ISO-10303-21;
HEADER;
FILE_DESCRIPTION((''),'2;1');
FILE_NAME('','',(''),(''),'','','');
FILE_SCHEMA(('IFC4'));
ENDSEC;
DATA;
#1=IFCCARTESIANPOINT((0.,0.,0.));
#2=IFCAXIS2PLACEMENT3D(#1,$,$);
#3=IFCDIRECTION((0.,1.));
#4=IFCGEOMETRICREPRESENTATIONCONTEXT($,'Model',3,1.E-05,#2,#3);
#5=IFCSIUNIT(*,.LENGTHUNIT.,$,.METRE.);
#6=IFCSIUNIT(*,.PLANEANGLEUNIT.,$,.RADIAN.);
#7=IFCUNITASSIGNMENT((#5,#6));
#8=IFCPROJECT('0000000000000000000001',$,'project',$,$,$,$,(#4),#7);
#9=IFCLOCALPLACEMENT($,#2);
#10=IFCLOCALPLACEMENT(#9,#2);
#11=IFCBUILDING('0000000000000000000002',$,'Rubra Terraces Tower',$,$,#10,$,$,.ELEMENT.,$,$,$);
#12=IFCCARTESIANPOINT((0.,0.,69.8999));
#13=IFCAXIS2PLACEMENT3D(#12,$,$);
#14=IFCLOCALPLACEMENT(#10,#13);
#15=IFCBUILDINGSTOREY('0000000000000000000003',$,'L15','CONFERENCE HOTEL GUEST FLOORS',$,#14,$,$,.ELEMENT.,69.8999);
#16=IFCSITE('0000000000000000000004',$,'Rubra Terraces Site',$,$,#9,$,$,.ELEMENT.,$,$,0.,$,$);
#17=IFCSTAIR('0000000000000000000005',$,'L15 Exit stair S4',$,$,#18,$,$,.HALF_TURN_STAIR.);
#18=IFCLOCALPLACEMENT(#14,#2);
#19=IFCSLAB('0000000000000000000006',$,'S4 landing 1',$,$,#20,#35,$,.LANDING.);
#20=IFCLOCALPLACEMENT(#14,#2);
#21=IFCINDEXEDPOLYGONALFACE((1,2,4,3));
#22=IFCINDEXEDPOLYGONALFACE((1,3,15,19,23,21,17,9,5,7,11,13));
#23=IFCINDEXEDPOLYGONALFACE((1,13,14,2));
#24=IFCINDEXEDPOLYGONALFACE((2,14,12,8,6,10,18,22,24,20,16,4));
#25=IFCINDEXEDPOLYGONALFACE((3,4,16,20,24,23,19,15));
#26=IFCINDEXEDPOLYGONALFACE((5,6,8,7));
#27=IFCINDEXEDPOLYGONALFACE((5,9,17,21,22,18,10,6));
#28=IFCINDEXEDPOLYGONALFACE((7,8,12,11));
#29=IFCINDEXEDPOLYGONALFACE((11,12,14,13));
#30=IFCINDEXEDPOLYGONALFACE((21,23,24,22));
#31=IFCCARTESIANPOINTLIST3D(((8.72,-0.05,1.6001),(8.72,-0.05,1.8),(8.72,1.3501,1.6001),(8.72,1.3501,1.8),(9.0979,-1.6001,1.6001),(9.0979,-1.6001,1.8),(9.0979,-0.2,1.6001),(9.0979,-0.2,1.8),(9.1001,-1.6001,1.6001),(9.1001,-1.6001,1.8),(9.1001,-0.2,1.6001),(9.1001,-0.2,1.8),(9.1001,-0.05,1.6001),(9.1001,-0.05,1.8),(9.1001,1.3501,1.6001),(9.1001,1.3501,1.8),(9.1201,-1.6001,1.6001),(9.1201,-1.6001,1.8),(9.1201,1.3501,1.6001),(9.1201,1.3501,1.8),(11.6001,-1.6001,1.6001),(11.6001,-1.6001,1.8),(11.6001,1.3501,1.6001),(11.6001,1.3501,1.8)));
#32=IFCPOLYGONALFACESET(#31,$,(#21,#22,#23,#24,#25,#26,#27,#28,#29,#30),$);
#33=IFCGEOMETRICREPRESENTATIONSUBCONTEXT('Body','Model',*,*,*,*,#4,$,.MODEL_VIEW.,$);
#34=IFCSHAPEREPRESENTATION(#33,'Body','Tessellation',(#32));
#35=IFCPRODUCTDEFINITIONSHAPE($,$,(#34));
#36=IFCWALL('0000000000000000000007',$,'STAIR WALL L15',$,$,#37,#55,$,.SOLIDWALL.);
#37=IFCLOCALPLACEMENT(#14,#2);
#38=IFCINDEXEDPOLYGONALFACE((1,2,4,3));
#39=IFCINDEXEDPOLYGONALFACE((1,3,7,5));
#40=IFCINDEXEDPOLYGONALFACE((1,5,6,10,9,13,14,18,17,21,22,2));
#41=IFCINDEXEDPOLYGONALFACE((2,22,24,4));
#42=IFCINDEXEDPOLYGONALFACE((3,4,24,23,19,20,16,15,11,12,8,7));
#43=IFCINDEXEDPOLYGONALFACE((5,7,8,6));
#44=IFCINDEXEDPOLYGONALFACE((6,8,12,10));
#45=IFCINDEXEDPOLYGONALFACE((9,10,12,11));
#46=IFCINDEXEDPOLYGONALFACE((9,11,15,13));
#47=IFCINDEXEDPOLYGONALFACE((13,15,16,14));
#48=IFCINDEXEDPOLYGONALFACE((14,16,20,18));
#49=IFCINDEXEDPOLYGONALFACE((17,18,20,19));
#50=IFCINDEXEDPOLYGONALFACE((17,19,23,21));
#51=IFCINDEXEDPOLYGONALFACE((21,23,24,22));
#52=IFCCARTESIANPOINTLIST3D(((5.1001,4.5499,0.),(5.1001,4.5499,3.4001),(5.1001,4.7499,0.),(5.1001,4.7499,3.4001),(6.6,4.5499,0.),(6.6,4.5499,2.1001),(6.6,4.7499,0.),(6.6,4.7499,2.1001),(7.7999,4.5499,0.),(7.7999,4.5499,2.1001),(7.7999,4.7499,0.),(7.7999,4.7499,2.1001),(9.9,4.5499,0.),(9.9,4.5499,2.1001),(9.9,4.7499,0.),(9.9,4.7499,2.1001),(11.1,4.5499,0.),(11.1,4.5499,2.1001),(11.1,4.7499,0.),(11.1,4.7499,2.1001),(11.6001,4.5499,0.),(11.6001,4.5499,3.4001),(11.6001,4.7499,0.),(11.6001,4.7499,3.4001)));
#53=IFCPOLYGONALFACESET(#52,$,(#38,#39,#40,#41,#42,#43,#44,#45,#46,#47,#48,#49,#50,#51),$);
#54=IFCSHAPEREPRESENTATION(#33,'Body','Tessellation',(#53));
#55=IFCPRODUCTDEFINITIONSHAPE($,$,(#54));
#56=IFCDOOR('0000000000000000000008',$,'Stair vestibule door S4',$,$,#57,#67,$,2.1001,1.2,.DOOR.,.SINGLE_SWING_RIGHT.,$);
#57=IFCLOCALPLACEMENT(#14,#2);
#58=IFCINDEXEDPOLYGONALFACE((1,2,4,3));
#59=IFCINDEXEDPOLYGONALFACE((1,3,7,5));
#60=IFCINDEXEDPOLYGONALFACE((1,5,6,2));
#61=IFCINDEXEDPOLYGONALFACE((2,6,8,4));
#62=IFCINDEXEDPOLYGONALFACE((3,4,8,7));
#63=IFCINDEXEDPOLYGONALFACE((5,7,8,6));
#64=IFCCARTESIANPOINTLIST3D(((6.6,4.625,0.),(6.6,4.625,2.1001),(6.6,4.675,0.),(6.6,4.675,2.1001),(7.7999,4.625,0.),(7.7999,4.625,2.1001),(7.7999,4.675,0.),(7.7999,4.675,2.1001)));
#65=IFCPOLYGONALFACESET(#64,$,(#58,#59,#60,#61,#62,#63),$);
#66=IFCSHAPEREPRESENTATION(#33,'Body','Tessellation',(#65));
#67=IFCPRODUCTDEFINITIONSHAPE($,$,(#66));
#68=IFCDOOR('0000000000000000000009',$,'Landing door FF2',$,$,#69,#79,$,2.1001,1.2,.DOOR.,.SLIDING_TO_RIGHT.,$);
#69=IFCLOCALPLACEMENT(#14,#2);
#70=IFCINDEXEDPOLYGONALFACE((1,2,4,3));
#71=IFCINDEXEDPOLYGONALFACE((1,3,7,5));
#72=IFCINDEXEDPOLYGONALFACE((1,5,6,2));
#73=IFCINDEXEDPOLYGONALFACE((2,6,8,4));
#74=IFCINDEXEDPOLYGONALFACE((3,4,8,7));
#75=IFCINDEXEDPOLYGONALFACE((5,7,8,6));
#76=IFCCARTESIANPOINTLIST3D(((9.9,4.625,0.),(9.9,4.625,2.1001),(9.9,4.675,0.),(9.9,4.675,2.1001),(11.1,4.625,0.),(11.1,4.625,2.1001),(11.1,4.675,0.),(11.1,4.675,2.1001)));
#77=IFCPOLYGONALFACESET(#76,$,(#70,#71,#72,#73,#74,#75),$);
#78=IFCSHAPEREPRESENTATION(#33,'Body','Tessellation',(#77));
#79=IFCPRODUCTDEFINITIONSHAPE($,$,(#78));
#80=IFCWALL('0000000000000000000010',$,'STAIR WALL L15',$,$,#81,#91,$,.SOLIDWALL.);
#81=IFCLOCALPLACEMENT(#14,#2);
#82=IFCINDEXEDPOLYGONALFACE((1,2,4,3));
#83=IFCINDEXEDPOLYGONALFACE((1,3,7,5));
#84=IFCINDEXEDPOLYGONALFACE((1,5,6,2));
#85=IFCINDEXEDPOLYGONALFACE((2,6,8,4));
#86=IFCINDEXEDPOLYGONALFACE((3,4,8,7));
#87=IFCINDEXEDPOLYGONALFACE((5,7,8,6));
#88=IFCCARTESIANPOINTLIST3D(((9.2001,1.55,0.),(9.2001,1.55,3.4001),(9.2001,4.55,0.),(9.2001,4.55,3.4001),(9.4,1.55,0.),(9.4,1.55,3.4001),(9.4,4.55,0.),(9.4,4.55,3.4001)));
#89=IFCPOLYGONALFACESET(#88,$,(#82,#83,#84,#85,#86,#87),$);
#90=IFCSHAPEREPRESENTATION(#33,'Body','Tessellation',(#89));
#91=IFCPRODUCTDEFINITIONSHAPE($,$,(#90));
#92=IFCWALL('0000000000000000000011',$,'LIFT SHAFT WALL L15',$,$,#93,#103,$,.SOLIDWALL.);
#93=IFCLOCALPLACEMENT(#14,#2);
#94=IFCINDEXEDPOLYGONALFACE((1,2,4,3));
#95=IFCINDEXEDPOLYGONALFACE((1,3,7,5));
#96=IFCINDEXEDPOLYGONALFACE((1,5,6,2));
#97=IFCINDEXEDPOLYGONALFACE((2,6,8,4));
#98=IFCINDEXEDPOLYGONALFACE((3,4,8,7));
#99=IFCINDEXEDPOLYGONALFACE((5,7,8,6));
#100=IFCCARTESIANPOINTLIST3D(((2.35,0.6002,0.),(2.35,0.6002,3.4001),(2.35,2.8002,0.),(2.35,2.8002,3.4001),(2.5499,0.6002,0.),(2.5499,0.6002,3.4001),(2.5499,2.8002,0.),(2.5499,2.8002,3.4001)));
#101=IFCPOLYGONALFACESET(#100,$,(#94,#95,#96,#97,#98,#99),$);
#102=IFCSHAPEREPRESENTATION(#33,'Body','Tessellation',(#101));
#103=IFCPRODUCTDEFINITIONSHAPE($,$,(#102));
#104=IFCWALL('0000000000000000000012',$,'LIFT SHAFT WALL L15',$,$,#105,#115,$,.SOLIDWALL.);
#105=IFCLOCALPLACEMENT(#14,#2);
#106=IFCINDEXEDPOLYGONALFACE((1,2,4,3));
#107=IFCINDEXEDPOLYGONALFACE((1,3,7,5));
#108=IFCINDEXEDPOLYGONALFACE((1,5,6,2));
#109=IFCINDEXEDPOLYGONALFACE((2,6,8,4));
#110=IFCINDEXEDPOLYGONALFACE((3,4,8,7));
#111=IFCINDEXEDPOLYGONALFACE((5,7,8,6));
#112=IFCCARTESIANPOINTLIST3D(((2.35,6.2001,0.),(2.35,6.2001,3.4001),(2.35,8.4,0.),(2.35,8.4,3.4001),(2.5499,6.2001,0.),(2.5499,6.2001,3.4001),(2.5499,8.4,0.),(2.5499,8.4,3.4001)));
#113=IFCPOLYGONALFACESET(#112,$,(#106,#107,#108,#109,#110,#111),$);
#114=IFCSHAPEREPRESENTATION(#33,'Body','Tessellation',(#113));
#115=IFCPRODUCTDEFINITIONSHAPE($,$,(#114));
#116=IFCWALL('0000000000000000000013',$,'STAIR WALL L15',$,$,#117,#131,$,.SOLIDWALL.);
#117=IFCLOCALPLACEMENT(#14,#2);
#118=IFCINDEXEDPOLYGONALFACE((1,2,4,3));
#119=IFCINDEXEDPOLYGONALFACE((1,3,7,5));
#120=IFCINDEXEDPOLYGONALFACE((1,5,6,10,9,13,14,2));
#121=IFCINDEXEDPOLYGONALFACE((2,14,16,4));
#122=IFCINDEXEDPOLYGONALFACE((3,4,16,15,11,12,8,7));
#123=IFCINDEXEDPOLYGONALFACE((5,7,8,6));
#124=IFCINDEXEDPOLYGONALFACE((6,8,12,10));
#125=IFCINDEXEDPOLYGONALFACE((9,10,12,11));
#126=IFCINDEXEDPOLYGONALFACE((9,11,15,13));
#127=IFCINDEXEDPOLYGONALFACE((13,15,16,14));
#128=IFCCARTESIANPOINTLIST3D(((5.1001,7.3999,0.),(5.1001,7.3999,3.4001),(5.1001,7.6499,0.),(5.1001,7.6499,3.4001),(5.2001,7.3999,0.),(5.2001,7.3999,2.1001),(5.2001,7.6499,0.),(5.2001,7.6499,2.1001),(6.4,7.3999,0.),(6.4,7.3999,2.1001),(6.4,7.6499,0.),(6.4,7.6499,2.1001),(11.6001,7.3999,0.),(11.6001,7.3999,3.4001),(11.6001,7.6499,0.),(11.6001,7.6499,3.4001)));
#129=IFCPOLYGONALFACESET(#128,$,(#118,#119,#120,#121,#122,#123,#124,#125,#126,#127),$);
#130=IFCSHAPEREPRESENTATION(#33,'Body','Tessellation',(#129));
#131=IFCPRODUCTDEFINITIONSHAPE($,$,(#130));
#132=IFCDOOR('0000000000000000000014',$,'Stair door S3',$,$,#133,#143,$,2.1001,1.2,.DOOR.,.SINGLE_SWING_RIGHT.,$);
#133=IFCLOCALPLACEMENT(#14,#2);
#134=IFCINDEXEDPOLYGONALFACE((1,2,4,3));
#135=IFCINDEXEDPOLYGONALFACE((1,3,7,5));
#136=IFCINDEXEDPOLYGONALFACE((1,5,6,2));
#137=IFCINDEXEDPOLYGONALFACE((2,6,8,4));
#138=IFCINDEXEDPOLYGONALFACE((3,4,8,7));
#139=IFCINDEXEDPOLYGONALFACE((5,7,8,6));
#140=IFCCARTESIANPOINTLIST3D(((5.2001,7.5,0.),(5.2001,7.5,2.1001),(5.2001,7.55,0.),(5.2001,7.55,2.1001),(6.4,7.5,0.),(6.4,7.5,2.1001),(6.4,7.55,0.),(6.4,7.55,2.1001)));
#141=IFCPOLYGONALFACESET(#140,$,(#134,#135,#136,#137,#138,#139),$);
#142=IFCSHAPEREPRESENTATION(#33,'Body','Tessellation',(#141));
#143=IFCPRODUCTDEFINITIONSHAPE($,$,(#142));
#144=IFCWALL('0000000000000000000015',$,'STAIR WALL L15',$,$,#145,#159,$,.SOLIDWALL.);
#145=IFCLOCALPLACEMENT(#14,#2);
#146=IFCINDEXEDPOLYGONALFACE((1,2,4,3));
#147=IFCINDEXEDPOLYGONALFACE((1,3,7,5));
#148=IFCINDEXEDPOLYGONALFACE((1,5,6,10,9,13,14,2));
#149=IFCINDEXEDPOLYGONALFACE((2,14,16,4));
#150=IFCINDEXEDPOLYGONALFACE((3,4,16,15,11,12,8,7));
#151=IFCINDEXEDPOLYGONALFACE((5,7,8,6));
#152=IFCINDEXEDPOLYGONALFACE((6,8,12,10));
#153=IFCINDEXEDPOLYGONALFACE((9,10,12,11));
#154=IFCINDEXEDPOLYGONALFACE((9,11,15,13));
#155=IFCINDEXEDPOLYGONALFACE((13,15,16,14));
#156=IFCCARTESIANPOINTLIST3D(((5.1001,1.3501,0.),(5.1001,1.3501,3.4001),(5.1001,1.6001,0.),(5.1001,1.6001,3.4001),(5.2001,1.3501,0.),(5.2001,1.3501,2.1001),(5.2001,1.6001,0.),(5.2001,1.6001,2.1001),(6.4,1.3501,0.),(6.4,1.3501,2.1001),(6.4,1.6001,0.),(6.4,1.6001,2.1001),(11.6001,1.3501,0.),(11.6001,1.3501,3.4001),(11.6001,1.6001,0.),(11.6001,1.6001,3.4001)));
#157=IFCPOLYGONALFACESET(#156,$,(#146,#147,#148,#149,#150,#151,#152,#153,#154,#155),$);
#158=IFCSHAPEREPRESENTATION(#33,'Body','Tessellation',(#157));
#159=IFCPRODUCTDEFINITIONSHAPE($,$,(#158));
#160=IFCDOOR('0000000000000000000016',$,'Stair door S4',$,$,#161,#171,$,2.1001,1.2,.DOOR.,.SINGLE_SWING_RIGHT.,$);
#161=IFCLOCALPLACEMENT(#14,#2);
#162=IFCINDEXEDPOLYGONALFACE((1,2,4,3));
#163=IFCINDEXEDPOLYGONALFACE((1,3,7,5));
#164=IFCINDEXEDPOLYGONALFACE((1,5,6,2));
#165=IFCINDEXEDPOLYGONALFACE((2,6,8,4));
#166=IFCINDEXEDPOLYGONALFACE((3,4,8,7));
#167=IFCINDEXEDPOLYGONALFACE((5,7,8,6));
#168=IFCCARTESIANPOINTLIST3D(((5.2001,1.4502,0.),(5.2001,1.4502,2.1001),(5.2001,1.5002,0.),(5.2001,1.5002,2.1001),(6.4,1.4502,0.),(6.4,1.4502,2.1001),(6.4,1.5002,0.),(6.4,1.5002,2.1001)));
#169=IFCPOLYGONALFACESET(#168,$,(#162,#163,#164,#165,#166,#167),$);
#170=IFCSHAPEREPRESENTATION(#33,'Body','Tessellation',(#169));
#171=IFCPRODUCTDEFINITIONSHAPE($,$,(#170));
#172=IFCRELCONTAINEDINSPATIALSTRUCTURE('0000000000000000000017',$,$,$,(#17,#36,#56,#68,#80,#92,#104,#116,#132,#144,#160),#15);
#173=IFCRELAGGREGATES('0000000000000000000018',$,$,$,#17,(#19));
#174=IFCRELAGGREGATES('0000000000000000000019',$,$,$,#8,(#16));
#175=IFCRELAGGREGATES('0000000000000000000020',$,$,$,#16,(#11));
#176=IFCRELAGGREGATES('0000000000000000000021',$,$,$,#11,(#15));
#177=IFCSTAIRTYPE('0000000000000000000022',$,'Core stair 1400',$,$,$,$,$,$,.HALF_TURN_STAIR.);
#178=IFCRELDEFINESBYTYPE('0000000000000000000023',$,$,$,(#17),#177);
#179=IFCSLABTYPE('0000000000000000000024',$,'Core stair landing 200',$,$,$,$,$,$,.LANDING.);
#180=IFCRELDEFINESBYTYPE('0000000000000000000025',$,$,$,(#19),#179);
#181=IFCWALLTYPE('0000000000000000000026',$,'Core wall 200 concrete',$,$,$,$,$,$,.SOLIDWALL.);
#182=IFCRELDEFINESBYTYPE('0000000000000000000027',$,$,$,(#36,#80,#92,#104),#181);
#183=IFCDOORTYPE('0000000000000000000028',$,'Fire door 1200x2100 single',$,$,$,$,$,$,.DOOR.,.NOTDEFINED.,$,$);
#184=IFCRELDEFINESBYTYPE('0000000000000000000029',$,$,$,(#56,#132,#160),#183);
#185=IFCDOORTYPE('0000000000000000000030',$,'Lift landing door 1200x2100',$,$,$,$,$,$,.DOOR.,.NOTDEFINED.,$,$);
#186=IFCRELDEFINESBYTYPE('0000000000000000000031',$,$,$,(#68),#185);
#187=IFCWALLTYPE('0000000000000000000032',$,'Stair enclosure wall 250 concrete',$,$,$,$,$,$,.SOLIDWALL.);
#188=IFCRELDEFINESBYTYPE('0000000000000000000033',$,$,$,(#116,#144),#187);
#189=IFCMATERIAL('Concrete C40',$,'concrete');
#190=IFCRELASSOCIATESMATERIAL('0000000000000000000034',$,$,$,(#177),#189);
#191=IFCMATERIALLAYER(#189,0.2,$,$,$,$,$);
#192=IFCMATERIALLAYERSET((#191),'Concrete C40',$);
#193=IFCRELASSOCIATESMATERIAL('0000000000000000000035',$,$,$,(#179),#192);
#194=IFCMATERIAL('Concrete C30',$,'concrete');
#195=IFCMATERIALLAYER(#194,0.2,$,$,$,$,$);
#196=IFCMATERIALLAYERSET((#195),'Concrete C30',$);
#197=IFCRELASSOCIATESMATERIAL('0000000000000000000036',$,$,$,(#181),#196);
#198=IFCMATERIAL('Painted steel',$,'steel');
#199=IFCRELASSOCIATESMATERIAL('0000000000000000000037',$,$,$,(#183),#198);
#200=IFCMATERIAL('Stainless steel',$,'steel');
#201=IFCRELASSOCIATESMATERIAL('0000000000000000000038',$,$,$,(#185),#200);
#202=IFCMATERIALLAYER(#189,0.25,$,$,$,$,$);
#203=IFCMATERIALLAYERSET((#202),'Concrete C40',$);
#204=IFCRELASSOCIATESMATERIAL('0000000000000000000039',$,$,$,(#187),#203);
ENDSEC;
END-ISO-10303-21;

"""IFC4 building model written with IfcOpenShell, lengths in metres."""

from ifc_helpers import new_model, si_unit, direction, frame, frame_2d, origin, place, context, subcontext, project, spatial, polyline, rectangle, outline, extrude, material, layer, layer_set, type_object, element, fill, aggregate, save


model = new_model("IFC4")

# Units and contexts
model_context = context("Model", 3, precision=1e-05, world=origin(), true_north=direction((0.0, 1.0)))
body_context = subcontext(model_context, "Body", "Model", "MODEL_VIEW")
ifc_project = project(units=[si_unit("LENGTHUNIT", "METRE"), si_unit("PLANEANGLEUNIT", "RADIAN")], contexts=[model_context])

# Site, building, storey
site_placement = place(None, origin())
site = spatial("IfcSite", under=ifc_project, at=site_placement, Name="Rubra Terraces Site", CompositionType="ELEMENT", RefElevation=0.0)
building_placement = place(site_placement, origin())
building = spatial("IfcBuilding", under=site, at=building_placement, Name="Rubra Terraces Tower", CompositionType="ELEMENT")
storey_placement = place(building_placement, frame((0.0, 0.0, 69.8999)))
storey = spatial("IfcBuildingStorey", under=building, at=storey_placement, Name="L15", Description="CONFERENCE HOTEL GUEST FLOORS", CompositionType="ELEMENT", Elevation=69.8999)

# Stair, slab
ifc_material_1 = material(Name="Concrete C40", Category="concrete")
stair_type = type_object("IfcStairType", Name="Core stair 1400", PredefinedType="HALF_TURN_STAIR", material=ifc_material_1)
stair_1_placement = place(storey_placement, origin())
stair_1 = element("IfcStair", 1, at=stair_1_placement, inside=storey, type_object=stair_type, Name="L15 Exit stair S4", PredefinedType="HALF_TURN_STAIR")
ifc_layer_1 = layer(ifc_material_1, 0.2)
ifc_layer_set_1 = layer_set([ifc_layer_1], Name="Concrete C40")
slab_type = type_object("IfcSlabType", Name="Core stair landing 200", PredefinedType="LANDING", material=ifc_layer_set_1)
slab_placement = place(storey_placement, frame((0.0, 0.0, 1.6001)))
slab = element("IfcSlab", 2, at=slab_placement, type_object=slab_type, Name="S4 landing 1", PredefinedType="LANDING", context=body_context, shape_type="SweptSolid", body=[
    extrude(outline(polyline([(9.1001, -0.2), (9.1001, -0.05), (8.72, -0.05), (8.72, 1.3501), (9.1001, 1.3501), (9.1201, 1.3501), (11.6001, 1.3501), (11.6001, -1.6001), (9.1201, -1.6001), (9.1001, -1.6001), (9.0979, -1.6001), (9.0979, -0.2), (9.1001, -0.2)])), origin(), (0.0, 0.0, 1.0), 0.2),
])

# Wall, openings, doors
ifc_material_2 = material(Name="Concrete C30", Category="concrete")
ifc_layer_2 = layer(ifc_material_2, 0.2)
ifc_layer_set_2 = layer_set([ifc_layer_2], Name="Concrete C30")
wall_type_1 = type_object("IfcWallType", Name="Core wall 200 concrete", PredefinedType="SOLIDWALL", material=ifc_layer_set_2)
wall_1_placement = place(storey_placement, frame((11.6001, 4.6499, 0.0), z_axis=(0.0, 0.0, 1.0), x_axis=(-1.0, 0.0, 0.0)))
wall_1 = element("IfcWall", 3, at=wall_1_placement, inside=storey, type_object=wall_type_1, Name="STAIR WALL L15", PredefinedType="SOLIDWALL", context=body_context, shape_type="SweptSolid", body=[
    extrude(rectangle(XDim=6.5, YDim=0.2, at=frame_2d((3.25, 0.0))), origin(), (0.0, 0.0, 1.0), 3.4001),
])
opening_1_placement = place(wall_1_placement, frame((3.8, 0.0, 0.0)))
opening_1 = element("IfcOpeningElement", 4, at=opening_1_placement, cuts=wall_1, PredefinedType="OPENING", context=body_context, shape_type="SweptSolid", body=[
    extrude(rectangle(XDim=1.2, YDim=2.1001, at=frame_2d((0.6001, 1.05))), frame((0.0, 0.1099, 0.0), z_axis=(0.0, -1.0, 0.0), x_axis=(1.0, 0.0, 0.0)), (0.0, 0.0, 1.0), 0.22),
])
opening_2_placement = place(wall_1_placement, frame((0.5, 0.0, 0.0)))
opening_2 = element("IfcOpeningElement", 5, at=opening_2_placement, cuts=wall_1, PredefinedType="OPENING", context=body_context, shape_type="SweptSolid", body=[
    extrude(rectangle(XDim=1.2, YDim=2.1001, at=frame_2d((0.6001, 1.05))), frame((0.0, 0.1099, 0.0), z_axis=(0.0, -1.0, 0.0), x_axis=(1.0, 0.0, 0.0)), (0.0, 0.0, 1.0), 0.22),
])
ifc_material_3 = material(Name="Painted steel", Category="steel")
door_type_1 = type_object("IfcDoorType", Name="Fire door 1200x2100 single", OperationType="NOTDEFINED", PredefinedType="DOOR", material=ifc_material_3)
door_1_placement = place(opening_1_placement, origin())
door_1 = element("IfcDoor", 6, at=door_1_placement, inside=storey, type_object=door_type_1, Name="Stair vestibule door S4", OperationType="SINGLE_SWING_RIGHT", OverallHeight=2.1001, OverallWidth=1.2, PredefinedType="DOOR", context=body_context, shape_type="SweptSolid", body=[
    extrude(rectangle(XDim=1.2, YDim=2.1001, at=frame_2d((0.6001, 1.05))), frame((0.0, 0.0249, 0.0), z_axis=(0.0, -1.0, 0.0), x_axis=(1.0, 0.0, 0.0)), (0.0, 0.0, 1.0), 0.05),
])
fill(opening_1, door_1)
ifc_material_4 = material(Name="Stainless steel", Category="steel")
door_type_2 = type_object("IfcDoorType", Name="Lift landing door 1200x2100", OperationType="NOTDEFINED", PredefinedType="DOOR", material=ifc_material_4)
door_2_placement = place(opening_2_placement, origin())
door_2 = element("IfcDoor", 7, at=door_2_placement, inside=storey, type_object=door_type_2, Name="Landing door FF2", OperationType="SLIDING_TO_RIGHT", OverallHeight=2.1001, OverallWidth=1.2, PredefinedType="DOOR", context=body_context, shape_type="SweptSolid", body=[
    extrude(rectangle(XDim=1.2, YDim=2.1001, at=frame_2d((0.6001, 1.05))), frame((0.0, 0.0249, 0.0), z_axis=(0.0, -1.0, 0.0), x_axis=(1.0, 0.0, 0.0)), (0.0, 0.0, 1.0), 0.05),
])
fill(opening_2, door_2)

# Walls
wall_2_placement = place(storey_placement, frame((9.3, 4.55, 0.0), z_axis=(0.0, 0.0, 1.0), x_axis=(0.0, -1.0, 0.0)))
element("IfcWall", 8, at=wall_2_placement, inside=storey, type_object=wall_type_1, Name="STAIR WALL L15", PredefinedType="SOLIDWALL", context=body_context, shape_type="SweptSolid", body=[
    extrude(rectangle(XDim=3.0, YDim=0.2, at=frame_2d((1.5, 0.0))), origin(), (0.0, 0.0, 1.0), 3.4001),
])
for number, where, z_axis, x_axis, name in (
    (9, (2.45, 0.6001, 0.0), (0.0, 0.0, 1.0), (0.0, 1.0, 0.0), "LIFT SHAFT WALL L15"),
    (10, (2.45, 6.2, 0.0), (0.0, 0.0, 1.0), (0.0, 1.0, 0.0), "LIFT SHAFT WALL L15"),
):
    element("IfcWall", number, at=place(storey_placement, frame(where, z_axis=z_axis, x_axis=x_axis)), inside=storey, type_object=wall_type_1, Name=name, PredefinedType="SOLIDWALL", context=body_context, shape_type="SweptSolid", body=[
        extrude(rectangle(XDim=2.2, YDim=0.2, at=frame_2d((1.1001, 0.0))), origin(), (0.0, 0.0, 1.0), 3.4001),
    ])

# Walls, openings, doors
ifc_layer_3 = layer(ifc_material_1, 0.25)
ifc_layer_set_3 = layer_set([ifc_layer_3], Name="Concrete C40")
wall_type_2 = type_object("IfcWallType", Name="Stair enclosure wall 250 concrete", PredefinedType="SOLIDWALL", material=ifc_layer_set_3)
wall_3_placement = place(storey_placement, frame((11.6001, 7.5249, 0.0), z_axis=(0.0, 0.0, 1.0), x_axis=(-1.0, 0.0, 0.0)))
wall_3 = element("IfcWall", 11, at=wall_3_placement, inside=storey, type_object=wall_type_2, Name="STAIR WALL L15", PredefinedType="SOLIDWALL", context=body_context, shape_type="SweptSolid", body=[
    extrude(rectangle(XDim=6.5, YDim=0.25, at=frame_2d((3.25, 0.0))), origin(), (0.0, 0.0, 1.0), 3.4001),
])
opening_3_placement = place(wall_3_placement, frame((5.2, 0.0, 0.0)))
opening_3 = element("IfcOpeningElement", 12, at=opening_3_placement, cuts=wall_3, PredefinedType="OPENING", context=body_context, shape_type="SweptSolid", body=[
    extrude(rectangle(XDim=1.2, YDim=2.1001, at=frame_2d((0.6001, 1.05))), frame((0.0, 0.135, 0.0), z_axis=(0.0, -1.0, 0.0), x_axis=(1.0, 0.0, 0.0)), (0.0, 0.0, 1.0), 0.27),
])
door_3_placement = place(opening_3_placement, origin())
door_3 = element("IfcDoor", 13, at=door_3_placement, inside=storey, type_object=door_type_1, Name="Stair door S3", OperationType="SINGLE_SWING_RIGHT", OverallHeight=2.1001, OverallWidth=1.2, PredefinedType="DOOR", context=body_context, shape_type="SweptSolid", body=[
    extrude(rectangle(XDim=1.2, YDim=2.1001, at=frame_2d((0.6001, 1.05))), frame((0.0, 0.0249, 0.0), z_axis=(0.0, -1.0, 0.0), x_axis=(1.0, 0.0, 0.0)), (0.0, 0.0, 1.0), 0.05),
])
fill(opening_3, door_3)
wall_4_placement = place(storey_placement, frame((11.6001, 1.4751, 0.0), z_axis=(0.0, 0.0, 1.0), x_axis=(-1.0, 0.0, 0.0)))
wall_4 = element("IfcWall", 14, at=wall_4_placement, inside=storey, type_object=wall_type_2, Name="STAIR WALL L15", PredefinedType="SOLIDWALL", context=body_context, shape_type="SweptSolid", body=[
    extrude(rectangle(XDim=6.5, YDim=0.25, at=frame_2d((3.25, 0.0))), origin(), (0.0, 0.0, 1.0), 3.4001),
])
opening_4_placement = place(wall_4_placement, frame((5.2, 0.0, 0.0)))
opening_4 = element("IfcOpeningElement", 15, at=opening_4_placement, cuts=wall_4, PredefinedType="OPENING", context=body_context, shape_type="SweptSolid", body=[
    extrude(rectangle(XDim=1.2, YDim=2.1001, at=frame_2d((0.6001, 1.05))), frame((0.0, 0.135, 0.0), z_axis=(0.0, -1.0, 0.0), x_axis=(1.0, 0.0, 0.0)), (0.0, 0.0, 1.0), 0.27),
])
door_4_placement = place(opening_4_placement, origin())
door_4 = element("IfcDoor", 16, at=door_4_placement, inside=storey, type_object=door_type_1, Name="Stair door S4", OperationType="SINGLE_SWING_RIGHT", OverallHeight=2.1001, OverallWidth=1.2, PredefinedType="DOOR", context=body_context, shape_type="SweptSolid", body=[
    extrude(rectangle(XDim=1.2, YDim=2.1001, at=frame_2d((0.6001, 1.05))), frame((0.0, 0.0249, 0.0), z_axis=(0.0, -1.0, 0.0), x_axis=(1.0, 0.0, 0.0)), (0.0, 0.0, 1.0), 0.05),
])
fill(opening_4, door_4)

aggregate(stair_1, [slab])

save(model, "model.ifc")
